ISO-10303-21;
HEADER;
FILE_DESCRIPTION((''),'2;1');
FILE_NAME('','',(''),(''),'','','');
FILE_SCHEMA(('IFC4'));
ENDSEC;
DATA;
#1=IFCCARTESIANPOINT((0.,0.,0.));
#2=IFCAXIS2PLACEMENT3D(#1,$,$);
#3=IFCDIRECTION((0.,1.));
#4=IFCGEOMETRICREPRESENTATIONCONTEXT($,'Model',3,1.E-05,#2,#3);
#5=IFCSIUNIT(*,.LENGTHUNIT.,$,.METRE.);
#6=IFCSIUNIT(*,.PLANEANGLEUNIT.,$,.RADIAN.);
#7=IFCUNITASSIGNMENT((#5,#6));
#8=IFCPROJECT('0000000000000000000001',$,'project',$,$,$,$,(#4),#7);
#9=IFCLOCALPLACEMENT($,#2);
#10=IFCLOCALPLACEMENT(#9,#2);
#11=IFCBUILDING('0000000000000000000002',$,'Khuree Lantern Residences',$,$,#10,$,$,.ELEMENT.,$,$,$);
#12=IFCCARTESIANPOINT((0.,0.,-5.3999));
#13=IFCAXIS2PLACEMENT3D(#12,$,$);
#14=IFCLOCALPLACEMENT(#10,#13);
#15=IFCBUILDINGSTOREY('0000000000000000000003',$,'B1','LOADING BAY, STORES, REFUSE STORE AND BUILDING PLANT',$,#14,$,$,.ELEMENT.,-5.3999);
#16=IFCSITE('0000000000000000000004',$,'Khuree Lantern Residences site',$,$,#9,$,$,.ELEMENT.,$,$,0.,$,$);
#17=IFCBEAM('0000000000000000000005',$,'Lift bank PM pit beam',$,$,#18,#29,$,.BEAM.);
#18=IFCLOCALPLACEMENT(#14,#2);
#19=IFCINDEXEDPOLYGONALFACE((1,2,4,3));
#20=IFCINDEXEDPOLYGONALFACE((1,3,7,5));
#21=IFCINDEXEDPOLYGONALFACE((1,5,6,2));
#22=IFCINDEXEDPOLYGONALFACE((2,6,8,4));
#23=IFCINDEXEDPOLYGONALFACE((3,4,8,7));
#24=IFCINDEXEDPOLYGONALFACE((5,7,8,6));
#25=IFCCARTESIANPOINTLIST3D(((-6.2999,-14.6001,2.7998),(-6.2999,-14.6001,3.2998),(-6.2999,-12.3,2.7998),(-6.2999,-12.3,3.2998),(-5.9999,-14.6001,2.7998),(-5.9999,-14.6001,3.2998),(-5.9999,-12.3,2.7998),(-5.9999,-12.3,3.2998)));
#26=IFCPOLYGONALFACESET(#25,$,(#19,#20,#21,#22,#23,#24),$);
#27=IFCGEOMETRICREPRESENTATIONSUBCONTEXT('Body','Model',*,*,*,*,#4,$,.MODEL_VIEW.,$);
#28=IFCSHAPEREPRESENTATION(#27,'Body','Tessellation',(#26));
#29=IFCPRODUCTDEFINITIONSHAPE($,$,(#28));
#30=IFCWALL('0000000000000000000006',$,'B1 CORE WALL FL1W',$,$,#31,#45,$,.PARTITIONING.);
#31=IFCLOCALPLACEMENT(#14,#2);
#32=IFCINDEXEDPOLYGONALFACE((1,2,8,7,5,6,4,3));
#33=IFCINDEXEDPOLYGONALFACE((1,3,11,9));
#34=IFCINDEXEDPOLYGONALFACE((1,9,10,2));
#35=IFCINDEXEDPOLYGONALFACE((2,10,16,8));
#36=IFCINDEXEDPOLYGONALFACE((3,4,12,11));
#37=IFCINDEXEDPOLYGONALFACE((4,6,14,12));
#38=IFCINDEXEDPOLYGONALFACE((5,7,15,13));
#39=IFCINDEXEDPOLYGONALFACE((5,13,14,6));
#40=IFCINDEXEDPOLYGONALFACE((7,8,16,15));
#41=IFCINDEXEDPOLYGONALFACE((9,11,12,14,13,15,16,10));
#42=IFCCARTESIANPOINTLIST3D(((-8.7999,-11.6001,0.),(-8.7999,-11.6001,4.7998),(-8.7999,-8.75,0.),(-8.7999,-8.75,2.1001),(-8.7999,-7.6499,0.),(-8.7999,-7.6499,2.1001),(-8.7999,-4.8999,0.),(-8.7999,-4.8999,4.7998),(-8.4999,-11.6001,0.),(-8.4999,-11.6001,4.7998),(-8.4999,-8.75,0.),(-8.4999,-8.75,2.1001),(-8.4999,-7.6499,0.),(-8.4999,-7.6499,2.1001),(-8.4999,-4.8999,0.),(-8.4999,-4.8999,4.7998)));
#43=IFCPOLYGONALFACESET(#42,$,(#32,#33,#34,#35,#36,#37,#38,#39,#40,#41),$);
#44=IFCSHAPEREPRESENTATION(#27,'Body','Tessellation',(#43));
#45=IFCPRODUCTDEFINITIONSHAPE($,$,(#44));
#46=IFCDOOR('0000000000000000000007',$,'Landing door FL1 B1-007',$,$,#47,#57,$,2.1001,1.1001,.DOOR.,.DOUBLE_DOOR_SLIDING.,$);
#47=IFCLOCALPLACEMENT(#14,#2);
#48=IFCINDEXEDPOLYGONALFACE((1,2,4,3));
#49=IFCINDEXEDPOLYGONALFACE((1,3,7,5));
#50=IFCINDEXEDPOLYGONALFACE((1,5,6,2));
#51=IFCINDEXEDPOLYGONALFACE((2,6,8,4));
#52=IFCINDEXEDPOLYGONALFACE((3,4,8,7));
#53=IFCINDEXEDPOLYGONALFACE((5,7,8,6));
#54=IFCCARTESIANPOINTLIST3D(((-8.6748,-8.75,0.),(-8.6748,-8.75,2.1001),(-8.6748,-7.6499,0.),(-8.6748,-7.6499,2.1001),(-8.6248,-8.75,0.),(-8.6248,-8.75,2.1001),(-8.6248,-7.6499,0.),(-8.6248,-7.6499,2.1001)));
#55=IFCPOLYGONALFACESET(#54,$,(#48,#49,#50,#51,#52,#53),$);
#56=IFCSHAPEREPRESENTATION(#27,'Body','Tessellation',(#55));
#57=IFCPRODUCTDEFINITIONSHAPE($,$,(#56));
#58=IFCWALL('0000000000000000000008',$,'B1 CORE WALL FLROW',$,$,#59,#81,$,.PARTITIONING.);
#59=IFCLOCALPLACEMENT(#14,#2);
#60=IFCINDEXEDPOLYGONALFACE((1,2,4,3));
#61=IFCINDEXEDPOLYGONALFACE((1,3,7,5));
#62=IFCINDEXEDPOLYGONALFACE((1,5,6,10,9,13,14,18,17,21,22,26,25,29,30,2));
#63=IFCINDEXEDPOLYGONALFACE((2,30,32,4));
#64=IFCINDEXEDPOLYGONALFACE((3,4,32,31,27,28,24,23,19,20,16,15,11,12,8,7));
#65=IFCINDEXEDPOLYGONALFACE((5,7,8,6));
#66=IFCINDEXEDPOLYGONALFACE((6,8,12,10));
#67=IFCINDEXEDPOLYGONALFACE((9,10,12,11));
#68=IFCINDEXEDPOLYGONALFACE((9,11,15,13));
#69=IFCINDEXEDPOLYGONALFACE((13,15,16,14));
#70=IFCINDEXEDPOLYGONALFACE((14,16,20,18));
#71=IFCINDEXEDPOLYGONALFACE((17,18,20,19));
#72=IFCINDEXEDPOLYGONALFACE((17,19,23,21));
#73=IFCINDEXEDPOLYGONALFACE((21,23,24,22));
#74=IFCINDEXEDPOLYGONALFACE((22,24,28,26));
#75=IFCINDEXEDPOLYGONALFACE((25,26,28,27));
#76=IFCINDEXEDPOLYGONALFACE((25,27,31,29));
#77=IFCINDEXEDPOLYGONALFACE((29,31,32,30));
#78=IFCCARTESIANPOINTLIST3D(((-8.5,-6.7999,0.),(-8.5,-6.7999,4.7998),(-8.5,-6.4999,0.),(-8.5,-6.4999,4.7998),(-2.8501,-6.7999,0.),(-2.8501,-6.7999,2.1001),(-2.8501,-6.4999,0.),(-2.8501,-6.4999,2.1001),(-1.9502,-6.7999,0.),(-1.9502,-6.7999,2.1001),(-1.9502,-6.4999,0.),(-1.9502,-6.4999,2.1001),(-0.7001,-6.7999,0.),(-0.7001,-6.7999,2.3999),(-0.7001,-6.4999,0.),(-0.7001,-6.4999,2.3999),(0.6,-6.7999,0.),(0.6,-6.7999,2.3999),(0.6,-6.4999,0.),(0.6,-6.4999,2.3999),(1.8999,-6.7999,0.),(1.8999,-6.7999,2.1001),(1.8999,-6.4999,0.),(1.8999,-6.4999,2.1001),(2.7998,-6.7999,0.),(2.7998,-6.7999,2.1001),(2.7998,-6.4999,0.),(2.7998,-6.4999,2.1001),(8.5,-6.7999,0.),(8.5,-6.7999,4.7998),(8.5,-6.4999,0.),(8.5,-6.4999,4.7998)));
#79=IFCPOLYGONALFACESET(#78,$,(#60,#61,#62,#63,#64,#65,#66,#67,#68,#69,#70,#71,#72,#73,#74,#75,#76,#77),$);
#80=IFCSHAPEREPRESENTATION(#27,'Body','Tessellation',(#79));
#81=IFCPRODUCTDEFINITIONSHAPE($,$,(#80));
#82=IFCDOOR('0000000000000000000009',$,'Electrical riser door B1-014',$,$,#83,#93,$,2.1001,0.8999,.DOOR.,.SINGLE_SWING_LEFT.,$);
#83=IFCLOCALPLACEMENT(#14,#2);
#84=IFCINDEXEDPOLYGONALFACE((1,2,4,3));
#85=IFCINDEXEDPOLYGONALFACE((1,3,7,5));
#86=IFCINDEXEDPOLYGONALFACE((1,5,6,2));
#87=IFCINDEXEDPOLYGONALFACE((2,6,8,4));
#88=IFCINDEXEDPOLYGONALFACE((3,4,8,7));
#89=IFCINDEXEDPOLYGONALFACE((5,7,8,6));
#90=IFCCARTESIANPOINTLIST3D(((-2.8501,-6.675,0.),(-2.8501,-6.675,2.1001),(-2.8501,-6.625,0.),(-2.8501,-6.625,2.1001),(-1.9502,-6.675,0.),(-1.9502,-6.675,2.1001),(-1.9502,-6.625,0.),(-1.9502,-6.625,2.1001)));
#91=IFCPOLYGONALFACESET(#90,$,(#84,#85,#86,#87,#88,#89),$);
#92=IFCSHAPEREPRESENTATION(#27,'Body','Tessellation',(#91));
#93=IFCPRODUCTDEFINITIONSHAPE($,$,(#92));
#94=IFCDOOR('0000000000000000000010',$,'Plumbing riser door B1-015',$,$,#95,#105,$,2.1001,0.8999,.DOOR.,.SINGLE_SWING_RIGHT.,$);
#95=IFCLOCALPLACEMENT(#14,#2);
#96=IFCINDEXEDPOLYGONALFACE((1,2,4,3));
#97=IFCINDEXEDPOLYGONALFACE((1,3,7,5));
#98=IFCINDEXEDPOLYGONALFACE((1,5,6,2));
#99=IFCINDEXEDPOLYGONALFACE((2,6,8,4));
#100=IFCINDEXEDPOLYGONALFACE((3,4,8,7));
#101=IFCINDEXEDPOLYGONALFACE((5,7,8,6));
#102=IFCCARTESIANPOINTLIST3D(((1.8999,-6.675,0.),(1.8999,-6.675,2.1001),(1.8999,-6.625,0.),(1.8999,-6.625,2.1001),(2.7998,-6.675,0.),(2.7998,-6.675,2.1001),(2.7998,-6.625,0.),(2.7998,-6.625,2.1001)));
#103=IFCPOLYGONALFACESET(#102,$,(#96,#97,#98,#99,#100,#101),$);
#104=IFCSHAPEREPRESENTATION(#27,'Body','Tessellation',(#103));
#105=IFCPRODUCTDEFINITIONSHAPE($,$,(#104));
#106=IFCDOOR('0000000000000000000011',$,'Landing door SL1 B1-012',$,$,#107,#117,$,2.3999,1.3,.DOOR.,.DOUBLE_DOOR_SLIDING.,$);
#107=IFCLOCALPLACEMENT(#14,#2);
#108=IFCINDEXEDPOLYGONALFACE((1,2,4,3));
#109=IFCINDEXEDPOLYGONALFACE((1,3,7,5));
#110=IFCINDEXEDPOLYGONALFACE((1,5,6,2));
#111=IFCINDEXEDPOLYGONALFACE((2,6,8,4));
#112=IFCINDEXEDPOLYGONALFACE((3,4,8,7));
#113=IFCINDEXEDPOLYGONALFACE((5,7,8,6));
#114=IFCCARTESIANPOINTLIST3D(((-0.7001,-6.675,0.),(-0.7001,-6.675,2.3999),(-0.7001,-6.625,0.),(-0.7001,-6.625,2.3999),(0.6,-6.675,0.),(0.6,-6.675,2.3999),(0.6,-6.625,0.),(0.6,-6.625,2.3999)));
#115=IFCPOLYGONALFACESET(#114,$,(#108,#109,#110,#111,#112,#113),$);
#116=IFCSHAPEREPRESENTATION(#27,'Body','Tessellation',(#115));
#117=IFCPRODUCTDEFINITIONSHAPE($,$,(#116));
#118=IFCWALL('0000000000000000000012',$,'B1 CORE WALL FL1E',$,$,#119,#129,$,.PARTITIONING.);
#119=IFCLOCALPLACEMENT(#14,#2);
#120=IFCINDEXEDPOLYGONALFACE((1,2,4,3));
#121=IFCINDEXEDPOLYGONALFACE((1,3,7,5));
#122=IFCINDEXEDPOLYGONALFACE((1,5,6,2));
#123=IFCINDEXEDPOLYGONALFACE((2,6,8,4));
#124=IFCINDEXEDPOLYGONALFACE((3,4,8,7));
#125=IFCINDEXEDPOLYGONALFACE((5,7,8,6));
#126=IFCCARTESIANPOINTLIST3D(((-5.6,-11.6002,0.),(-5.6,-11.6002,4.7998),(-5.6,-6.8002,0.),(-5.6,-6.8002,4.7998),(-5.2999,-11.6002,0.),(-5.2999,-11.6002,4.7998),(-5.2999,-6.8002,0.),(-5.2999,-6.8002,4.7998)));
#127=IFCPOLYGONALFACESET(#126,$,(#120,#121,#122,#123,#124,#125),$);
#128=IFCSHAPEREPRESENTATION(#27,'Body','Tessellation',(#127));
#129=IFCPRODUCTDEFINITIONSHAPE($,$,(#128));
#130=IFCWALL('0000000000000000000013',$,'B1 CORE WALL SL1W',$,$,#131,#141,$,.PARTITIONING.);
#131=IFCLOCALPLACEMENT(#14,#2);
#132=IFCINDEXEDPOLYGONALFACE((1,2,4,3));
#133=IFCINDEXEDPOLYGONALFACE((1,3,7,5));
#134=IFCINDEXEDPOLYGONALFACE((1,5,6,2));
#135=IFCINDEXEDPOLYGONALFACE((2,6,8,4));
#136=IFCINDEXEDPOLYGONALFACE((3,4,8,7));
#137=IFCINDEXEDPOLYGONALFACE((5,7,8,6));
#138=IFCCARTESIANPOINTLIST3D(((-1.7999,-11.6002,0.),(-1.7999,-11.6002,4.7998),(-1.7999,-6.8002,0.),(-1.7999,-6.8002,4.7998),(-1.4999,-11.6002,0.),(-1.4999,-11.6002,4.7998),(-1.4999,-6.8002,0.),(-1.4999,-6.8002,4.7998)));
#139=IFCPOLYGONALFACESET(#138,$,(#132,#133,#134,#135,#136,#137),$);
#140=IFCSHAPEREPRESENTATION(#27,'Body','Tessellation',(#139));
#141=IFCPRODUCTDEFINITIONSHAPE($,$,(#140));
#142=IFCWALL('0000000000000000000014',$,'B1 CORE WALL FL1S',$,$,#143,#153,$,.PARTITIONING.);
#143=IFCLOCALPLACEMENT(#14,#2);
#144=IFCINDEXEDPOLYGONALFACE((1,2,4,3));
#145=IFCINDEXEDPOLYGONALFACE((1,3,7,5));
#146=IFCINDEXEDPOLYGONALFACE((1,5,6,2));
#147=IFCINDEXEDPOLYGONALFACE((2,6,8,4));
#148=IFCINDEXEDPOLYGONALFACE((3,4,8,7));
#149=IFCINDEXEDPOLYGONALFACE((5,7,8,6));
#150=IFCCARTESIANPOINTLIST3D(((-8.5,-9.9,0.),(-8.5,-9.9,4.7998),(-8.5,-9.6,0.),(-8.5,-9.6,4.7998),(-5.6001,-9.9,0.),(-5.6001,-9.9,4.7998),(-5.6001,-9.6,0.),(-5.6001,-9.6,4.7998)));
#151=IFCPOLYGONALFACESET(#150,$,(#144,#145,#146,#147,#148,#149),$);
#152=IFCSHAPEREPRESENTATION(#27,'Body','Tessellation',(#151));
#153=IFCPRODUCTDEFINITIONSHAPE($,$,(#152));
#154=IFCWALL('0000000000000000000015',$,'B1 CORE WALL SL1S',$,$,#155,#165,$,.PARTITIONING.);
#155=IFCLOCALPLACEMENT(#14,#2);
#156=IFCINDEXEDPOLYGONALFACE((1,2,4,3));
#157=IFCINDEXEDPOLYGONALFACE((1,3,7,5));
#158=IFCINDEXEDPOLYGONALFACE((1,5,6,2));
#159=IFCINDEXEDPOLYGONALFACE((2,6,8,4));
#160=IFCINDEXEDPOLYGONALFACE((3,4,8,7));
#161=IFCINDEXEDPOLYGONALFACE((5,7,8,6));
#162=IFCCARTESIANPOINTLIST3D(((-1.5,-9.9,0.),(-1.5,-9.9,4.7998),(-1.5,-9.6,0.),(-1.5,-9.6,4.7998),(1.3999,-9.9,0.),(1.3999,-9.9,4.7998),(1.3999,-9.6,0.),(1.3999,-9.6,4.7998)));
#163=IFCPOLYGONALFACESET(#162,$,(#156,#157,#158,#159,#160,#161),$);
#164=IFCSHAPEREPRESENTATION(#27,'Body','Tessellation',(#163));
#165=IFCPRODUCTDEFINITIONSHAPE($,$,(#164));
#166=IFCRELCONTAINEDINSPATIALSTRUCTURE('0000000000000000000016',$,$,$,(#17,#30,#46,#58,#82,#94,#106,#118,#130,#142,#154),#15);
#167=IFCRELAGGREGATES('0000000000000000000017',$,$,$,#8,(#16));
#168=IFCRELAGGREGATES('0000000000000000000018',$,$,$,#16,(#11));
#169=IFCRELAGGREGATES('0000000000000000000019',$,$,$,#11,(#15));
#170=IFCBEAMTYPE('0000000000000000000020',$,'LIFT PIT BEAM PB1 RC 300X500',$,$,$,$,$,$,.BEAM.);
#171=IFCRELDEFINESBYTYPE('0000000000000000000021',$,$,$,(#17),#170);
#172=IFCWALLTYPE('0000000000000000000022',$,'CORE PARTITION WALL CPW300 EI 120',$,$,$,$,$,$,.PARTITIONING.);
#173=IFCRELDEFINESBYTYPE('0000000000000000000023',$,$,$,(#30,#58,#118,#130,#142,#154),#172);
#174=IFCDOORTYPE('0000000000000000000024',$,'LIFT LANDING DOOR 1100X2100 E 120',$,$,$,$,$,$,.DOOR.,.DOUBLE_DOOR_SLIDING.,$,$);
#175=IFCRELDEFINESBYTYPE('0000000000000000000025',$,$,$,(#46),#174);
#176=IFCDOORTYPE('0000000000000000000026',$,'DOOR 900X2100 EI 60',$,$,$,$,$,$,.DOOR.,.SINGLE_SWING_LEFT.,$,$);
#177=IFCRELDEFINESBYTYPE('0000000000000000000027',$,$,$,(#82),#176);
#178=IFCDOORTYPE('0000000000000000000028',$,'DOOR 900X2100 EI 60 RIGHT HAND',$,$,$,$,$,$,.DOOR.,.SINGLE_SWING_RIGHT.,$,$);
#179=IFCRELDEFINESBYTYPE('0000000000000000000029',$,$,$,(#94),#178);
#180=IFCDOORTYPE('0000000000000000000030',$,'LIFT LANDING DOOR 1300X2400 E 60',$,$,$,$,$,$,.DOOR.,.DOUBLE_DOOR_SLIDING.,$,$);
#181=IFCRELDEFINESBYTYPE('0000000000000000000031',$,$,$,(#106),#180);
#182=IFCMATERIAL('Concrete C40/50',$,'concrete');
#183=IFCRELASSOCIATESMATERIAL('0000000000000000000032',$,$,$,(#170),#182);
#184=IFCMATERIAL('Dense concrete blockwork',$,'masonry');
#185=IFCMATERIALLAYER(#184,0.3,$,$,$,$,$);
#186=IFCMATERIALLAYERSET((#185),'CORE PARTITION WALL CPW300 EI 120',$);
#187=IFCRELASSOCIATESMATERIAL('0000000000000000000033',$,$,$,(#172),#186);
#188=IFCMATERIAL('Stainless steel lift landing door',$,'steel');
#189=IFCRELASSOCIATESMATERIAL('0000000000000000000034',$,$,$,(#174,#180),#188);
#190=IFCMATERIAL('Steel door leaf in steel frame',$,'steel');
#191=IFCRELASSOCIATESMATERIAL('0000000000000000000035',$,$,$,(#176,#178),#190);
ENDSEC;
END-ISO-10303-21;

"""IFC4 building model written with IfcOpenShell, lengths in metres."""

from ifc_helpers import new_model, si_unit, direction, frame, frame_2d, origin, origin_2d, place, context, subcontext, project, spatial, rectangle, extrude, material, layer, layer_set, material_profile, profile_set, type_object, element, fill, save


model = new_model("IFC4")

# Units and contexts
model_context = context("Model", 3, precision=1e-05, world=origin(), true_north=direction((0.0, 1.0)))
body_context = subcontext(model_context, "Body", "Model", "MODEL_VIEW")
ifc_project = project(units=[si_unit("LENGTHUNIT", "METRE"), si_unit("PLANEANGLEUNIT", "RADIAN")], contexts=[model_context])

# Site, building, storey
site_placement = place(None, origin())
site = spatial("IfcSite", under=ifc_project, at=site_placement, Name="Khuree Lantern Residences site", CompositionType="ELEMENT", RefElevation=0.0)
building_placement = place(site_placement, origin())
building = spatial("IfcBuilding", under=site, at=building_placement, Name="Khuree Lantern Residences", CompositionType="ELEMENT")
storey_placement = place(building_placement, frame((0.0, 0.0, -5.3999)))
storey = spatial("IfcBuildingStorey", under=building, at=storey_placement, Name="B1", Description="LOADING BAY, STORES, REFUSE STORE AND BUILDING PLANT", CompositionType="ELEMENT", Elevation=-5.3999)

# Beam
ifc_material_1 = material(Name="Concrete C40/50", Category="concrete")
ifc_material_profile = material_profile(ifc_material_1, rectangle(XDim=0.3, YDim=0.5, at=origin_2d()), Name="RC 300X500")
ifc_profile_set = profile_set([ifc_material_profile], Name="Concrete C40/50")
beam_type = type_object("IfcBeamType", Name="LIFT PIT BEAM PB1 RC 300X500", PredefinedType="BEAM", material=ifc_profile_set)
beam_placement = place(storey_placement, frame((-6.1499, -14.6001, 3.0498), z_axis=(0.0, 1.0, 0.0), x_axis=(-1.0, 0.0, 0.0)))
element("IfcBeam", 1, at=beam_placement, inside=storey, type_object=beam_type, Name="Lift bank PM pit beam", PredefinedType="BEAM", context=body_context, shape_type="SweptSolid", body=[
    extrude(rectangle(XDim=0.3, YDim=0.5, at=origin_2d()), origin(), (0.0, 0.0, 1.0), 2.3),
])

# Wall, opening, door
ifc_material_2 = material(Name="Dense concrete blockwork", Category="masonry")
ifc_layer_1 = layer(ifc_material_2, 0.3)
ifc_layer_set_1 = layer_set([ifc_layer_1], Name="CORE PARTITION WALL CPW300 EI 120")
wall_type_1 = type_object("IfcWallType", Name="CORE PARTITION WALL CPW300 EI 120", PredefinedType="PARTITIONING", material=ifc_layer_set_1)
wall_1_placement = place(storey_placement, frame((-8.6499, -11.6001, 0.0), z_axis=(0.0, 0.0, 1.0), x_axis=(0.0, 1.0, 0.0)))
wall_1 = element("IfcWall", 2, at=wall_1_placement, inside=storey, type_object=wall_type_1, Name="B1 CORE WALL FL1W", PredefinedType="PARTITIONING", context=body_context, shape_type="SweptSolid", body=[
    extrude(rectangle(XDim=6.7002, YDim=0.3, at=frame_2d((3.3501, 0.0))), origin(), (0.0, 0.0, 1.0), 4.7998),
])
opening_1_placement = place(wall_1_placement, frame((2.8501, 0.0, 0.0)))
opening_1 = element("IfcOpeningElement", 3, at=opening_1_placement, cuts=wall_1, PredefinedType="OPENING", context=body_context, shape_type="SweptSolid", body=[
    extrude(rectangle(XDim=1.1001, YDim=2.1001, at=frame_2d((0.55, 1.05))), frame((0.0, 0.1602, 0.0), z_axis=(0.0, -1.0, 0.0), x_axis=(1.0, 0.0, 0.0)), (0.0, 0.0, 1.0), 0.3201),
])
ifc_material_3 = material(Name="Stainless steel lift landing door", Category="steel")
door_type_1 = type_object("IfcDoorType", Name="LIFT LANDING DOOR 1100X2100 E 120", OperationType="DOUBLE_DOOR_SLIDING", PredefinedType="DOOR", material=ifc_material_3)
door_1_placement = place(opening_1_placement, origin())
door_1 = element("IfcDoor", 4, at=door_1_placement, inside=storey, type_object=door_type_1, Name="Landing door FL1 B1-007", OperationType="DOUBLE_DOOR_SLIDING", OverallHeight=2.1001, OverallWidth=1.1001, PredefinedType="DOOR", context=body_context, shape_type="SweptSolid", body=[
    extrude(rectangle(XDim=1.1001, YDim=2.1001, at=frame_2d((0.55, 1.05))), frame((0.0, 0.0249, 0.0), z_axis=(0.0, -1.0, 0.0), x_axis=(1.0, 0.0, 0.0)), (0.0, 0.0, 1.0), 0.05),
])
fill(opening_1, door_1)

# Wall, openings, doors
wall_2_placement = place(storey_placement, frame((-8.5, -6.6499, 0.0), z_axis=(0.0, 0.0, 1.0), x_axis=(1.0, 0.0, 0.0)))
wall_2 = element("IfcWall", 5, at=wall_2_placement, inside=storey, type_object=wall_type_1, Name="B1 CORE WALL FLROW", PredefinedType="PARTITIONING", context=body_context, shape_type="SweptSolid", body=[
    extrude(rectangle(XDim=17.0, YDim=0.3, at=frame_2d((8.5, 0.0))), origin(), (0.0, 0.0, 1.0), 4.7998),
])
opening_2_placement = place(wall_2_placement, frame((7.8, 0.0, 0.0)))
opening_2 = element("IfcOpeningElement", 6, at=opening_2_placement, cuts=wall_2, PredefinedType="OPENING", context=body_context, shape_type="SweptSolid", body=[
    extrude(rectangle(XDim=1.3, YDim=2.3999, at=frame_2d((0.6499, 1.2))), frame((0.0, 0.1602, 0.0), z_axis=(0.0, -1.0, 0.0), x_axis=(1.0, 0.0, 0.0)), (0.0, 0.0, 1.0), 0.3201),
])
opening_3_placement = place(wall_2_placement, frame((5.6499, 0.0, 0.0)))
opening_3 = element("IfcOpeningElement", 7, at=opening_3_placement, cuts=wall_2, PredefinedType="OPENING", context=body_context, shape_type="SweptSolid", body=[
    extrude(rectangle(XDim=0.8999, YDim=2.1001, at=frame_2d((0.45, 1.05))), frame((0.0, 0.1602, 0.0), z_axis=(0.0, -1.0, 0.0), x_axis=(1.0, 0.0, 0.0)), (0.0, 0.0, 1.0), 0.3201),
])
opening_4_placement = place(wall_2_placement, frame((10.3999, 0.0, 0.0)))
opening_4 = element("IfcOpeningElement", 8, at=opening_4_placement, cuts=wall_2, PredefinedType="OPENING", context=body_context, shape_type="SweptSolid", body=[
    extrude(rectangle(XDim=0.8999, YDim=2.1001, at=frame_2d((0.45, 1.05))), frame((0.0, 0.1602, 0.0), z_axis=(0.0, -1.0, 0.0), x_axis=(1.0, 0.0, 0.0)), (0.0, 0.0, 1.0), 0.3201),
])
ifc_material_4 = material(Name="Steel door leaf in steel frame", Category="steel")
door_type_2 = type_object("IfcDoorType", Name="DOOR 900X2100 EI 60", OperationType="SINGLE_SWING_LEFT", PredefinedType="DOOR", material=ifc_material_4)
door_2_placement = place(opening_3_placement, origin())
door_2 = element("IfcDoor", 9, at=door_2_placement, inside=storey, type_object=door_type_2, Name="Electrical riser door B1-014", OperationType="SINGLE_SWING_LEFT", OverallHeight=2.1001, OverallWidth=0.8999, PredefinedType="DOOR", context=body_context, shape_type="SweptSolid", body=[
    extrude(rectangle(XDim=0.8999, YDim=2.1001, at=frame_2d((0.45, 1.05))), frame((0.0, 0.0249, 0.0), z_axis=(0.0, -1.0, 0.0), x_axis=(1.0, 0.0, 0.0)), (0.0, 0.0, 1.0), 0.05),
])
fill(opening_3, door_2)
door_type_3 = type_object("IfcDoorType", Name="DOOR 900X2100 EI 60 RIGHT HAND", OperationType="SINGLE_SWING_RIGHT", PredefinedType="DOOR", material=ifc_material_4)
door_3_placement = place(opening_4_placement, origin())
door_3 = element("IfcDoor", 10, at=door_3_placement, inside=storey, type_object=door_type_3, Name="Plumbing riser door B1-015", OperationType="SINGLE_SWING_RIGHT", OverallHeight=2.1001, OverallWidth=0.8999, PredefinedType="DOOR", context=body_context, shape_type="SweptSolid", body=[
    extrude(rectangle(XDim=0.8999, YDim=2.1001, at=frame_2d((0.45, 1.05))), frame((0.0, 0.0249, 0.0), z_axis=(0.0, -1.0, 0.0), x_axis=(1.0, 0.0, 0.0)), (0.0, 0.0, 1.0), 0.05),
])
fill(opening_4, door_3)
door_type_4 = type_object("IfcDoorType", Name="LIFT LANDING DOOR 1300X2400 E 60", OperationType="DOUBLE_DOOR_SLIDING", PredefinedType="DOOR", material=ifc_material_3)
door_4_placement = place(opening_2_placement, origin())
door_4 = element("IfcDoor", 11, at=door_4_placement, inside=storey, type_object=door_type_4, Name="Landing door SL1 B1-012", OperationType="DOUBLE_DOOR_SLIDING", OverallHeight=2.3999, OverallWidth=1.3, PredefinedType="DOOR", context=body_context, shape_type="SweptSolid", body=[
    extrude(rectangle(XDim=1.3, YDim=2.3999, at=frame_2d((0.6499, 1.2))), frame((0.0, 0.0249, 0.0), z_axis=(0.0, -1.0, 0.0), x_axis=(1.0, 0.0, 0.0)), (0.0, 0.0, 1.0), 0.05),
])
fill(opening_2, door_4)

# Walls
for number, where, z_axis, x_axis, name in (
    (12, (-5.45, -11.6001, 0.0), (0.0, 0.0, 1.0), (0.0, 1.0, 0.0), "B1 CORE WALL FL1E"),
    (13, (-1.6499, -11.6001, 0.0), (0.0, 0.0, 1.0), (0.0, 1.0, 0.0), "B1 CORE WALL SL1W"),
):
    element("IfcWall", number, at=place(storey_placement, frame(where, z_axis=z_axis, x_axis=x_axis)), inside=storey, type_object=wall_type_1, Name=name, PredefinedType="PARTITIONING", context=body_context, shape_type="SweptSolid", body=[
        extrude(rectangle(XDim=4.8, YDim=0.3, at=frame_2d((2.3999, 0.0))), origin(), (0.0, 0.0, 1.0), 4.7998),
    ])
for number, where, z_axis, x_axis, name in (
    (14, (-8.5, -9.75, 0.0), (0.0, 0.0, 1.0), (1.0, 0.0, 0.0), "B1 CORE WALL FL1S"),
    (15, (-1.5, -9.75, 0.0), (0.0, 0.0, 1.0), (1.0, 0.0, 0.0), "B1 CORE WALL SL1S"),
):
    element("IfcWall", number, at=place(storey_placement, frame(where, z_axis=z_axis, x_axis=x_axis)), inside=storey, type_object=wall_type_1, Name=name, PredefinedType="PARTITIONING", context=body_context, shape_type="SweptSolid", body=[
        extrude(rectangle(XDim=2.8999, YDim=0.3, at=frame_2d((1.45, 0.0))), origin(), (0.0, 0.0, 1.0), 4.7998),
    ])

save(model, "model.ifc")
